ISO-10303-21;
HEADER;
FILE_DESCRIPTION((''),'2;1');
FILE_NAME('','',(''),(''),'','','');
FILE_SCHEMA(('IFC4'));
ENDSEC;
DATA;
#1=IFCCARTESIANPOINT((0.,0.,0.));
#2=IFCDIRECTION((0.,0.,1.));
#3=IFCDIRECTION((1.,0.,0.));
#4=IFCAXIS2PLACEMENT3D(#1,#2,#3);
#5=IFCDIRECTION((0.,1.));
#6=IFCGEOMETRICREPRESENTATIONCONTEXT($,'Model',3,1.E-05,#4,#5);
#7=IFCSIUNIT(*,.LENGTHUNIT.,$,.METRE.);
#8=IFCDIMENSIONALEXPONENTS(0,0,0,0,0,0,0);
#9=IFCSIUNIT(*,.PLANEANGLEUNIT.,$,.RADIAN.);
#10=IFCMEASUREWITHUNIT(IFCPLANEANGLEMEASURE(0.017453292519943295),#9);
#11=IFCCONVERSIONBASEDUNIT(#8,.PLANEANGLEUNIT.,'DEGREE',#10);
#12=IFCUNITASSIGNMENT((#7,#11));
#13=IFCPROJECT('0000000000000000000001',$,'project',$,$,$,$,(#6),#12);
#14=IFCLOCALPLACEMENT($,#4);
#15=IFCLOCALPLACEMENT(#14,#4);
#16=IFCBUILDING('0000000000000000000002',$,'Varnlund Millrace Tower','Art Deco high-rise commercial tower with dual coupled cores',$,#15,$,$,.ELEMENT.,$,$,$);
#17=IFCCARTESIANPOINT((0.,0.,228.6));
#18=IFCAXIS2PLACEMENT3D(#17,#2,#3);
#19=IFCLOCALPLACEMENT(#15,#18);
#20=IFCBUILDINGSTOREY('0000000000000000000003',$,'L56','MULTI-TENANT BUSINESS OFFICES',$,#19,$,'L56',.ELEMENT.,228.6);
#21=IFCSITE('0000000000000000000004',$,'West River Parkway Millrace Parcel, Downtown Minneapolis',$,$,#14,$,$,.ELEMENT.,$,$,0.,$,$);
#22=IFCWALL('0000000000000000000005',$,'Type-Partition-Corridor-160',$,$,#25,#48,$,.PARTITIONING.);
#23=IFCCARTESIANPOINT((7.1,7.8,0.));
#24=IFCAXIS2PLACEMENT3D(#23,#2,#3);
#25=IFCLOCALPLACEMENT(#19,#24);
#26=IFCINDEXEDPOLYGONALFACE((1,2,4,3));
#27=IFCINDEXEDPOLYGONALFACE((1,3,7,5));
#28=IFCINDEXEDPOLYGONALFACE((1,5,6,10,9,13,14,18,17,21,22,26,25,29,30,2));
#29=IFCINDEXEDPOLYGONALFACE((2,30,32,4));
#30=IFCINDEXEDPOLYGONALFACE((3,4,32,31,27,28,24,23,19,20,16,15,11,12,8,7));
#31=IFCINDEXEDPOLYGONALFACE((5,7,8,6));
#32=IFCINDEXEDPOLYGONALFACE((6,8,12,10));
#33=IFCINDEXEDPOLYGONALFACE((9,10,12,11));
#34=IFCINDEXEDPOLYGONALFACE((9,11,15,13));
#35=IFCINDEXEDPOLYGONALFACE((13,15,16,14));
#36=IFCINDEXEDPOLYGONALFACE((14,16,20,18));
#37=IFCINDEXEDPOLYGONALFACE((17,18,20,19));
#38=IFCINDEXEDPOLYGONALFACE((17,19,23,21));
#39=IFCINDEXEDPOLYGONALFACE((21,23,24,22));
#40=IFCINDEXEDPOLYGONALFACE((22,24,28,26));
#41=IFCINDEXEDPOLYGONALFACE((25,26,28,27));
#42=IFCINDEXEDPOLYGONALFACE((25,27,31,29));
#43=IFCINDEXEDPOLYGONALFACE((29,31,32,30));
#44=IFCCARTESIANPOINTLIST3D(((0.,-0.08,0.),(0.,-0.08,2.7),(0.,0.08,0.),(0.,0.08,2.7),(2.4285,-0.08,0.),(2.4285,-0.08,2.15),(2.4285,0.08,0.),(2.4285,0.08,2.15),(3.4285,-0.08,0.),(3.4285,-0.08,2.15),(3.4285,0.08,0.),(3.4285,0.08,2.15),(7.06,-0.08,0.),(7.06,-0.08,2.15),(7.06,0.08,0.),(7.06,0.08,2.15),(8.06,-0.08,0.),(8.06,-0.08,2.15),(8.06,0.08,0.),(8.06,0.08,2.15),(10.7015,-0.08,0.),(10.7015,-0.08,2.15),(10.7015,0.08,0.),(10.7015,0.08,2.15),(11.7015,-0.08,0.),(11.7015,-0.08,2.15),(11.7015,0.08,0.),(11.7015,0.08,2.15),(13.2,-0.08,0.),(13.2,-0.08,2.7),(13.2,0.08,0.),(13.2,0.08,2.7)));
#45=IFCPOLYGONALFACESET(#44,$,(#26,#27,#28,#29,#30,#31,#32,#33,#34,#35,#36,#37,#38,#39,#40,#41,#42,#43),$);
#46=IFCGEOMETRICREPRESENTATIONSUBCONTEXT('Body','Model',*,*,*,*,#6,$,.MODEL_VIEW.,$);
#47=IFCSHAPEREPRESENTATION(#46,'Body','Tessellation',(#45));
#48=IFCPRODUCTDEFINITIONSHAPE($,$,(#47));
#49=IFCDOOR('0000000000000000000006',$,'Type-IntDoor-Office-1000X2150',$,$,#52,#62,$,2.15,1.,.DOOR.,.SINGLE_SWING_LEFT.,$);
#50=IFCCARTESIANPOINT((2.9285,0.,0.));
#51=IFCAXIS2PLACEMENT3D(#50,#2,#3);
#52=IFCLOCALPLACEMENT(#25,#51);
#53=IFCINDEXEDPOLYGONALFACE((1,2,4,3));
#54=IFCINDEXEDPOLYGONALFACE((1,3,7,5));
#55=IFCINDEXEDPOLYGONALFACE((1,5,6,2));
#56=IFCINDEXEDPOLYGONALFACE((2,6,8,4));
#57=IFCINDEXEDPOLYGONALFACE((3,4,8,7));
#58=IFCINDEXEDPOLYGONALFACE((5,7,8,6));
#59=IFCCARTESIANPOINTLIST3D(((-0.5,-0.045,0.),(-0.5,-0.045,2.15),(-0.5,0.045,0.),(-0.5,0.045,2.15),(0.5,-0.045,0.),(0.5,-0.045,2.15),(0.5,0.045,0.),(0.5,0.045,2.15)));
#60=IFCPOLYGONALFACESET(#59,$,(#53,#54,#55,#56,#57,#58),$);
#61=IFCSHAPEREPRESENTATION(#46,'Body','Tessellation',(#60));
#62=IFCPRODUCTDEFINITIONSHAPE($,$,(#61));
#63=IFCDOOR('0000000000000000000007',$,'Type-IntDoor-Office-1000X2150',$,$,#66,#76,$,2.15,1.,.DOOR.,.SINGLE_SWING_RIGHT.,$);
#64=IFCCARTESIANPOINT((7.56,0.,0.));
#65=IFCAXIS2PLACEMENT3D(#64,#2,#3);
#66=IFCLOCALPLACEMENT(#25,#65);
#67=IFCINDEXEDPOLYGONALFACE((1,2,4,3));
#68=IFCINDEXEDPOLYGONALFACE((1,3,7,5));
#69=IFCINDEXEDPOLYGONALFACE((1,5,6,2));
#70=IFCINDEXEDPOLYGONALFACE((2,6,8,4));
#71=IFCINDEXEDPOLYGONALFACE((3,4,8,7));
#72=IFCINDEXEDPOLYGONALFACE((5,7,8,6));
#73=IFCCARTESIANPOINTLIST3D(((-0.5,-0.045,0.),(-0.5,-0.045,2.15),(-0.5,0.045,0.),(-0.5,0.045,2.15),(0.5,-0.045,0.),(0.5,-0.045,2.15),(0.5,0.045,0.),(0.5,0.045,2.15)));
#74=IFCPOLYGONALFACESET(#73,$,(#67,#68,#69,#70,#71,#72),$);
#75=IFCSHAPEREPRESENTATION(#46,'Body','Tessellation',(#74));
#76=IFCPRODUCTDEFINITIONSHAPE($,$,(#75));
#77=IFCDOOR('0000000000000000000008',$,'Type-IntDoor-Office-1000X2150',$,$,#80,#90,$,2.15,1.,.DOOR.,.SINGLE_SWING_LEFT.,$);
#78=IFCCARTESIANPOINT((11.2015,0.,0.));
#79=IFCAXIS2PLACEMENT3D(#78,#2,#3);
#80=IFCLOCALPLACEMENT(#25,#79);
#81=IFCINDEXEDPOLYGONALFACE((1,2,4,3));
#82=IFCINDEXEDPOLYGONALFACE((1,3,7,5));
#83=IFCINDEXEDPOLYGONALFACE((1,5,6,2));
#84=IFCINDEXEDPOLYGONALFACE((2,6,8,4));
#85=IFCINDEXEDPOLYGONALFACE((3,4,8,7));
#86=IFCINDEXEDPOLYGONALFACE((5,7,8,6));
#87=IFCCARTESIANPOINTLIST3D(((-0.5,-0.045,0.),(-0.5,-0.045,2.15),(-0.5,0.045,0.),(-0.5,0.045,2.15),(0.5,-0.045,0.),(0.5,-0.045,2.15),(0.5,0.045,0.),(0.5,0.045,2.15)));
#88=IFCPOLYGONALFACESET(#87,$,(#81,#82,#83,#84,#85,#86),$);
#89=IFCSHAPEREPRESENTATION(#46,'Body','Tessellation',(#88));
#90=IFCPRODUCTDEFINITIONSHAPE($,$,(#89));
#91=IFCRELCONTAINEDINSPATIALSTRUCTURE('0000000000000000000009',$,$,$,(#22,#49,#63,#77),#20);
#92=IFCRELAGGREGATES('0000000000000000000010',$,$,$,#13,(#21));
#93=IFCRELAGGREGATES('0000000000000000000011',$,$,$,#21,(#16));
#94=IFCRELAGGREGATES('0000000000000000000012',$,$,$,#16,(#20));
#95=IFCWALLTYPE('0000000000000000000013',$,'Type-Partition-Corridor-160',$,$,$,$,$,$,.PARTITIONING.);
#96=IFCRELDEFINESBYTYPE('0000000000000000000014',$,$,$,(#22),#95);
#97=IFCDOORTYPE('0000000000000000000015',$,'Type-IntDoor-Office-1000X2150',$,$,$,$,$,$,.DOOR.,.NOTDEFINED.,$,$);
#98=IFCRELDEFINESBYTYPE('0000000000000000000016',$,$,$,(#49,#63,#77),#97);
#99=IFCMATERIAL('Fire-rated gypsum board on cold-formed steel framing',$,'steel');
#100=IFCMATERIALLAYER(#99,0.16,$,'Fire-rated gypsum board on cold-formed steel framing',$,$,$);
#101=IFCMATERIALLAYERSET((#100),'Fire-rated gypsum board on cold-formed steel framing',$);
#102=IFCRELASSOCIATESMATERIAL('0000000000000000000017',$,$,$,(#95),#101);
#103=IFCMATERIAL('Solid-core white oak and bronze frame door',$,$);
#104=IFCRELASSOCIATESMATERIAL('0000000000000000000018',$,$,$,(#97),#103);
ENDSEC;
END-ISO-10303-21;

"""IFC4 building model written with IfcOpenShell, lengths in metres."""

from ifc_helpers import new_model, entity, si_unit, converted_unit, direction, frame, origin_with_axes, origin_2d_with_axis, place, context, subcontext, project, spatial, polyline, rectangle, outline, extrude, material, layer, layer_set, type_object, element, fill, save


model = new_model("IFC4")

# Units and contexts
model_context = context("Model", 3, precision=1e-05, world=origin_with_axes(), true_north=direction((0.0, 1.0)))
body_context = subcontext(model_context, "Body", "Model", "MODEL_VIEW")
ifc_project = project(units=[si_unit("LENGTHUNIT", "METRE"), converted_unit("PLANEANGLEUNIT", "DEGREE", entity("IfcPlaneAngleMeasure", 0.017453292519943295), si_unit("PLANEANGLEUNIT", "RADIAN"), dimensions=[0, 0, 0, 0, 0, 0, 0])], contexts=[model_context])

# Site, building, storey
site_placement = place(None, origin_with_axes())
site = spatial("IfcSite", under=ifc_project, at=site_placement, Name="West River Parkway Millrace Parcel, Downtown Minneapolis", CompositionType="ELEMENT", RefElevation=0.0)
building_placement = place(site_placement, origin_with_axes())
building = spatial("IfcBuilding", under=site, at=building_placement, Name="Varnlund Millrace Tower", Description="Art Deco high-rise commercial tower with dual coupled cores", CompositionType="ELEMENT")
storey_placement = place(building_placement, frame((0.0, 0.0, 228.6), z_axis=(0.0, 0.0, 1.0), x_axis=(1.0, 0.0, 0.0)))
storey = spatial("IfcBuildingStorey", under=building, at=storey_placement, Name="L56", Description="MULTI-TENANT BUSINESS OFFICES", LongName="L56", CompositionType="ELEMENT", Elevation=228.6)

# Wall, openings, doors
ifc_material_1 = material(Name="Fire-rated gypsum board on cold-formed steel framing", Category="steel")
ifc_layer_1 = layer(ifc_material_1, 0.16, Name="Fire-rated gypsum board on cold-formed steel framing")
ifc_layer_set_1 = layer_set([ifc_layer_1], Name="Fire-rated gypsum board on cold-formed steel framing")
wall_type_1 = type_object("IfcWallType", Name="Type-Partition-Corridor-160", PredefinedType="PARTITIONING", material=ifc_layer_set_1)
wall_1_placement = place(storey_placement, frame((7.1, 7.8, 0.0), z_axis=(0.0, 0.0, 1.0), x_axis=(1.0, 0.0, 0.0)))
wall_1 = element("IfcWall", 1, at=wall_1_placement, inside=storey, type_object=wall_type_1, Name="Type-Partition-Corridor-160", PredefinedType="PARTITIONING", context=body_context, shape_type="SweptSolid", body=[
    extrude(outline(polyline([(0.0, -0.08), (13.2, -0.08), (13.2, 0.08), (0.0, 0.08), (0.0, -0.08)])), origin_with_axes(), (0.0, 0.0, 1.0), 2.7),
])
opening_1_placement = place(wall_1_placement, frame((2.9285, 0.0, 0.0), z_axis=(0.0, 0.0, 1.0), x_axis=(1.0, 0.0, 0.0)))
opening_1 = element("IfcOpeningElement", 2, at=opening_1_placement, cuts=wall_1, PredefinedType="OPENING", context=body_context, shape_type="SweptSolid", body=[
    extrude(rectangle(XDim=1.0, YDim=0.18, at=origin_2d_with_axis()), origin_with_axes(), (0.0, 0.0, 1.0), 2.15),
])
opening_2_placement = place(wall_1_placement, frame((7.56, 0.0, 0.0), z_axis=(0.0, 0.0, 1.0), x_axis=(1.0, 0.0, 0.0)))
opening_2 = element("IfcOpeningElement", 3, at=opening_2_placement, cuts=wall_1, PredefinedType="OPENING", context=body_context, shape_type="SweptSolid", body=[
    extrude(rectangle(XDim=1.0, YDim=0.18, at=origin_2d_with_axis()), origin_with_axes(), (0.0, 0.0, 1.0), 2.15),
])
opening_3_placement = place(wall_1_placement, frame((11.2015, 0.0, 0.0), z_axis=(0.0, 0.0, 1.0), x_axis=(1.0, 0.0, 0.0)))
opening_3 = element("IfcOpeningElement", 4, at=opening_3_placement, cuts=wall_1, PredefinedType="OPENING", context=body_context, shape_type="SweptSolid", body=[
    extrude(rectangle(XDim=1.0, YDim=0.18, at=origin_2d_with_axis()), origin_with_axes(), (0.0, 0.0, 1.0), 2.15),
])
ifc_material_2 = material(Name="Solid-core white oak and bronze frame door")
door_type = type_object("IfcDoorType", Name="Type-IntDoor-Office-1000X2150", OperationType="NOTDEFINED", PredefinedType="DOOR", material=ifc_material_2)
door_1_placement = place(wall_1_placement, frame((2.9285, 0.0, 0.0), z_axis=(0.0, 0.0, 1.0), x_axis=(1.0, 0.0, 0.0)))
door_1 = element("IfcDoor", 5, at=door_1_placement, inside=storey, type_object=door_type, Name="Type-IntDoor-Office-1000X2150", OperationType="SINGLE_SWING_LEFT", OverallHeight=2.15, OverallWidth=1.0, PredefinedType="DOOR", context=body_context, shape_type="SweptSolid", body=[
    extrude(rectangle(XDim=1.0, YDim=0.09, at=origin_2d_with_axis()), origin_with_axes(), (0.0, 0.0, 1.0), 2.15),
])
fill(opening_1, door_1)
door_2_placement = place(wall_1_placement, frame((7.56, 0.0, 0.0), z_axis=(0.0, 0.0, 1.0), x_axis=(1.0, 0.0, 0.0)))
door_2 = element("IfcDoor", 6, at=door_2_placement, inside=storey, type_object=door_type, Name="Type-IntDoor-Office-1000X2150", OperationType="SINGLE_SWING_RIGHT", OverallHeight=2.15, OverallWidth=1.0, PredefinedType="DOOR", context=body_context, shape_type="SweptSolid", body=[
    extrude(rectangle(XDim=1.0, YDim=0.09, at=origin_2d_with_axis()), origin_with_axes(), (0.0, 0.0, 1.0), 2.15),
])
fill(opening_2, door_2)
door_3_placement = place(wall_1_placement, frame((11.2015, 0.0, 0.0), z_axis=(0.0, 0.0, 1.0), x_axis=(1.0, 0.0, 0.0)))
door_3 = element("IfcDoor", 7, at=door_3_placement, inside=storey, type_object=door_type, Name="Type-IntDoor-Office-1000X2150", OperationType="SINGLE_SWING_LEFT", OverallHeight=2.15, OverallWidth=1.0, PredefinedType="DOOR", context=body_context, shape_type="SweptSolid", body=[
    extrude(rectangle(XDim=1.0, YDim=0.09, at=origin_2d_with_axis()), origin_with_axes(), (0.0, 0.0, 1.0), 2.15),
])
fill(opening_3, door_3)

save(model, "model.ifc")
